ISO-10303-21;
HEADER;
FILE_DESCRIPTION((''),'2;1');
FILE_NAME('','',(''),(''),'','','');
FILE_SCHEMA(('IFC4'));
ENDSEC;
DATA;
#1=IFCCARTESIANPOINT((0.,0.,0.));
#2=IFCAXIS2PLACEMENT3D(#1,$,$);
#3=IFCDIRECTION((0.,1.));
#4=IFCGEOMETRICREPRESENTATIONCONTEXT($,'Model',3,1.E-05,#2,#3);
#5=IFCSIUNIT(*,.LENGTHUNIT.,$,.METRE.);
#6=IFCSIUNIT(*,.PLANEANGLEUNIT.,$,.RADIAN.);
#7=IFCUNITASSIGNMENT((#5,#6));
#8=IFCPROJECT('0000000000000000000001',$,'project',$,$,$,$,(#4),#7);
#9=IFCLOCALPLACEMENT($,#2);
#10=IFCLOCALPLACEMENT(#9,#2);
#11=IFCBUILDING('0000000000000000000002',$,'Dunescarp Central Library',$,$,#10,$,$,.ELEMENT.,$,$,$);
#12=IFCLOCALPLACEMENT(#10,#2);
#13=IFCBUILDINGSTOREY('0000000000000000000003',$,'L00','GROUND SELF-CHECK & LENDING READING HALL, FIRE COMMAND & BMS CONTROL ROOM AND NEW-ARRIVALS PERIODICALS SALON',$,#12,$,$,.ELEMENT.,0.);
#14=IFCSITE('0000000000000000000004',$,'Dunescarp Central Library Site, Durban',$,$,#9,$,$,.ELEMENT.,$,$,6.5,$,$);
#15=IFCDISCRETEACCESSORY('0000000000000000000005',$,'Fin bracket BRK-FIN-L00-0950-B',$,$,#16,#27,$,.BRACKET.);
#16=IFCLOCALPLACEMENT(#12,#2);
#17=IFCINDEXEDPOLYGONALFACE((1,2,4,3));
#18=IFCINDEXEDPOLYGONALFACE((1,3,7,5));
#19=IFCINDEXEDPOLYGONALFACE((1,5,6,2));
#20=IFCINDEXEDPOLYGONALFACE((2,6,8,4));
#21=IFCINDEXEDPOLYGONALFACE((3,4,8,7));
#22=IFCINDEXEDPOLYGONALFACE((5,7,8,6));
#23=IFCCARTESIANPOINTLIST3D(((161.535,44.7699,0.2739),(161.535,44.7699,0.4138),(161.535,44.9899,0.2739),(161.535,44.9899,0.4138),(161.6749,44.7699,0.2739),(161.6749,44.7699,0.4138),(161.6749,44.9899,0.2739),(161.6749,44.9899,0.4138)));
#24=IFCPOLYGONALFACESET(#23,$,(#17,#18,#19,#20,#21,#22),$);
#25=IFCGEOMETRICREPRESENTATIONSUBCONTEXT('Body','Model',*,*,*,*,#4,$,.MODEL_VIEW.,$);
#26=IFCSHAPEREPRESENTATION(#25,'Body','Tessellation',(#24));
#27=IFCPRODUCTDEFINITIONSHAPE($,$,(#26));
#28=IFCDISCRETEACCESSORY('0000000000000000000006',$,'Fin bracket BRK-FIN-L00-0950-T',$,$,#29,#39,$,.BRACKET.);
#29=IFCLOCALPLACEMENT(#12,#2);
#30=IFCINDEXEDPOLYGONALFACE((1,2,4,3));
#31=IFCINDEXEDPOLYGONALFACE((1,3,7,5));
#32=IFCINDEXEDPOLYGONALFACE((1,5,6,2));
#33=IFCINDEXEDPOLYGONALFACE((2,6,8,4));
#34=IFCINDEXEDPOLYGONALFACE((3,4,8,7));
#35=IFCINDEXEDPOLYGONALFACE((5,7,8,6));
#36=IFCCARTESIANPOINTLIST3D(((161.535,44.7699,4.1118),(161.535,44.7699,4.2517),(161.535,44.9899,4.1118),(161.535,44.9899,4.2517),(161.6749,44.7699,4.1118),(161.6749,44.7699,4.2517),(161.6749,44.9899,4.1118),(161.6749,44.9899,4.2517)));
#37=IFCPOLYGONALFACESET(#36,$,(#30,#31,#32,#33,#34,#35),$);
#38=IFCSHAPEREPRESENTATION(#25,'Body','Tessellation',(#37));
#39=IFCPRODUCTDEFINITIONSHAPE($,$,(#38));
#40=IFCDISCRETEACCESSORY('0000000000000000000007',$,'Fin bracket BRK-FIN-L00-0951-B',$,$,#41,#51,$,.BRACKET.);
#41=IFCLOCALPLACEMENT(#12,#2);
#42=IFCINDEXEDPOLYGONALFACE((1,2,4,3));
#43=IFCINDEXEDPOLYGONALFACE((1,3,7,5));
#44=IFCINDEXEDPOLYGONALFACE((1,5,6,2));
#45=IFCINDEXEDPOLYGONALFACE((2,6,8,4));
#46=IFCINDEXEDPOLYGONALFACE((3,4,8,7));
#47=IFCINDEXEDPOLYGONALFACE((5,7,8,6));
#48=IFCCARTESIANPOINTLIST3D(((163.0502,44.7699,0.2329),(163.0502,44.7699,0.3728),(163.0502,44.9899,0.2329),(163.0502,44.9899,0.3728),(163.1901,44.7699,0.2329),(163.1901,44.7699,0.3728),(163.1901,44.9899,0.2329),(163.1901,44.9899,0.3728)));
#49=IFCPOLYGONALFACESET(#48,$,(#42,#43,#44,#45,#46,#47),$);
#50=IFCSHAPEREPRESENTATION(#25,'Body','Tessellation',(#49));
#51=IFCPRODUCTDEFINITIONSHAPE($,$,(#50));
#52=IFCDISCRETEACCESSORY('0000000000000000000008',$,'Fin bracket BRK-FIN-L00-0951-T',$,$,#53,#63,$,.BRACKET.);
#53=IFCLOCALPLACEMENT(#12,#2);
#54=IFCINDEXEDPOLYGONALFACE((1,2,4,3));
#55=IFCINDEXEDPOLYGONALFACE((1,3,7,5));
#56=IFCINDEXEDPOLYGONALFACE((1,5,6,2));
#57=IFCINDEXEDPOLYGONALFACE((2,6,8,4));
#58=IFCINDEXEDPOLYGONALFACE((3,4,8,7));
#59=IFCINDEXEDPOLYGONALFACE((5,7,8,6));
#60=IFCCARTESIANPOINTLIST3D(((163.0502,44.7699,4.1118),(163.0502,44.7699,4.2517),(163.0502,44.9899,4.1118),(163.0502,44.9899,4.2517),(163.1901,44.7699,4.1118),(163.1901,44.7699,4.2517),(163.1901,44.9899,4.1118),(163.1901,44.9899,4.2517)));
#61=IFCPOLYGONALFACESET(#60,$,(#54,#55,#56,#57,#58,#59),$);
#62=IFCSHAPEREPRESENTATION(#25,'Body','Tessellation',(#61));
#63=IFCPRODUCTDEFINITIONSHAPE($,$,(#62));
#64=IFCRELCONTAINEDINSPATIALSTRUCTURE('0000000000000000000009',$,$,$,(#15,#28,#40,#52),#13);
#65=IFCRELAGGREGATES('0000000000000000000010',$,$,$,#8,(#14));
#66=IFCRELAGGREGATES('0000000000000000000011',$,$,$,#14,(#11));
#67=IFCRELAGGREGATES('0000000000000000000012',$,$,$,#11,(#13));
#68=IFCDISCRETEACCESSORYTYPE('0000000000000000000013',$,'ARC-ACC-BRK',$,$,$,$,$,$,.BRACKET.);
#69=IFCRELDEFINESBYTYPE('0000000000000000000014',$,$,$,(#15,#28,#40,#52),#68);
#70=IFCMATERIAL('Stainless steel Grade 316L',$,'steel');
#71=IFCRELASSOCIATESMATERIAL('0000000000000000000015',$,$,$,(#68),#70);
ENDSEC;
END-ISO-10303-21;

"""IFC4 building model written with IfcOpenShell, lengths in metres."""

from ifc_helpers import new_model, si_unit, direction, frame, origin, origin_2d, place, context, subcontext, project, spatial, rectangle, extrude, material, type_object, element, save


model = new_model("IFC4")

# Units and contexts
model_context = context("Model", 3, precision=1e-05, world=origin(), true_north=direction((0.0, 1.0)))
body_context = subcontext(model_context, "Body", "Model", "MODEL_VIEW")
ifc_project = project(units=[si_unit("LENGTHUNIT", "METRE"), si_unit("PLANEANGLEUNIT", "RADIAN")], contexts=[model_context])

# Site, building, storey
site_placement = place(None, origin())
site = spatial("IfcSite", under=ifc_project, at=site_placement, Name="Dunescarp Central Library Site, Durban", CompositionType="ELEMENT", RefElevation=6.5)
building_placement = place(site_placement, origin())
building = spatial("IfcBuilding", under=site, at=building_placement, Name="Dunescarp Central Library", CompositionType="ELEMENT")
storey_placement = place(building_placement, origin())
storey = spatial("IfcBuildingStorey", under=building, at=storey_placement, Name="L00", Description="GROUND SELF-CHECK & LENDING READING HALL, FIRE COMMAND & BMS CONTROL ROOM AND NEW-ARRIVALS PERIODICALS SALON", CompositionType="ELEMENT", Elevation=0.0)

# Discrete accessories
ifc_material_1 = material(Name="Stainless steel Grade 316L", Category="steel")
discrete_accessory_type = type_object("IfcDiscreteAccessoryType", Name="ARC-ACC-BRK", PredefinedType="BRACKET", material=ifc_material_1)
for number, where, z_axis, x_axis, name in (
    (1, (161.605, 44.8799, 0.2739), (0.0, 0.0, 1.0), (0.0, 1.0, 0.0), "Fin bracket BRK-FIN-L00-0950-B"),
    (2, (161.605, 44.8799, 4.1118), (0.0, 0.0, 1.0), (0.0, 1.0, 0.0), "Fin bracket BRK-FIN-L00-0950-T"),
    (3, (163.1201, 44.8799, 0.2329), (0.0, 0.0, 1.0), (0.0, 1.0, 0.0), "Fin bracket BRK-FIN-L00-0951-B"),
    (4, (163.1201, 44.8799, 4.1118), (0.0, 0.0, 1.0), (0.0, 1.0, 0.0), "Fin bracket BRK-FIN-L00-0951-T"),
):
    element("IfcDiscreteAccessory", number, at=place(storey_placement, frame(where, z_axis=z_axis, x_axis=x_axis)), inside=storey, type_object=discrete_accessory_type, Name=name, PredefinedType="BRACKET", context=body_context, shape_type="SweptSolid", body=[
        extrude(rectangle(XDim=0.22, YDim=0.1399, at=origin_2d()), origin(), (0.0, 0.0, 1.0), 0.1399),
    ])

save(model, "model.ifc")
